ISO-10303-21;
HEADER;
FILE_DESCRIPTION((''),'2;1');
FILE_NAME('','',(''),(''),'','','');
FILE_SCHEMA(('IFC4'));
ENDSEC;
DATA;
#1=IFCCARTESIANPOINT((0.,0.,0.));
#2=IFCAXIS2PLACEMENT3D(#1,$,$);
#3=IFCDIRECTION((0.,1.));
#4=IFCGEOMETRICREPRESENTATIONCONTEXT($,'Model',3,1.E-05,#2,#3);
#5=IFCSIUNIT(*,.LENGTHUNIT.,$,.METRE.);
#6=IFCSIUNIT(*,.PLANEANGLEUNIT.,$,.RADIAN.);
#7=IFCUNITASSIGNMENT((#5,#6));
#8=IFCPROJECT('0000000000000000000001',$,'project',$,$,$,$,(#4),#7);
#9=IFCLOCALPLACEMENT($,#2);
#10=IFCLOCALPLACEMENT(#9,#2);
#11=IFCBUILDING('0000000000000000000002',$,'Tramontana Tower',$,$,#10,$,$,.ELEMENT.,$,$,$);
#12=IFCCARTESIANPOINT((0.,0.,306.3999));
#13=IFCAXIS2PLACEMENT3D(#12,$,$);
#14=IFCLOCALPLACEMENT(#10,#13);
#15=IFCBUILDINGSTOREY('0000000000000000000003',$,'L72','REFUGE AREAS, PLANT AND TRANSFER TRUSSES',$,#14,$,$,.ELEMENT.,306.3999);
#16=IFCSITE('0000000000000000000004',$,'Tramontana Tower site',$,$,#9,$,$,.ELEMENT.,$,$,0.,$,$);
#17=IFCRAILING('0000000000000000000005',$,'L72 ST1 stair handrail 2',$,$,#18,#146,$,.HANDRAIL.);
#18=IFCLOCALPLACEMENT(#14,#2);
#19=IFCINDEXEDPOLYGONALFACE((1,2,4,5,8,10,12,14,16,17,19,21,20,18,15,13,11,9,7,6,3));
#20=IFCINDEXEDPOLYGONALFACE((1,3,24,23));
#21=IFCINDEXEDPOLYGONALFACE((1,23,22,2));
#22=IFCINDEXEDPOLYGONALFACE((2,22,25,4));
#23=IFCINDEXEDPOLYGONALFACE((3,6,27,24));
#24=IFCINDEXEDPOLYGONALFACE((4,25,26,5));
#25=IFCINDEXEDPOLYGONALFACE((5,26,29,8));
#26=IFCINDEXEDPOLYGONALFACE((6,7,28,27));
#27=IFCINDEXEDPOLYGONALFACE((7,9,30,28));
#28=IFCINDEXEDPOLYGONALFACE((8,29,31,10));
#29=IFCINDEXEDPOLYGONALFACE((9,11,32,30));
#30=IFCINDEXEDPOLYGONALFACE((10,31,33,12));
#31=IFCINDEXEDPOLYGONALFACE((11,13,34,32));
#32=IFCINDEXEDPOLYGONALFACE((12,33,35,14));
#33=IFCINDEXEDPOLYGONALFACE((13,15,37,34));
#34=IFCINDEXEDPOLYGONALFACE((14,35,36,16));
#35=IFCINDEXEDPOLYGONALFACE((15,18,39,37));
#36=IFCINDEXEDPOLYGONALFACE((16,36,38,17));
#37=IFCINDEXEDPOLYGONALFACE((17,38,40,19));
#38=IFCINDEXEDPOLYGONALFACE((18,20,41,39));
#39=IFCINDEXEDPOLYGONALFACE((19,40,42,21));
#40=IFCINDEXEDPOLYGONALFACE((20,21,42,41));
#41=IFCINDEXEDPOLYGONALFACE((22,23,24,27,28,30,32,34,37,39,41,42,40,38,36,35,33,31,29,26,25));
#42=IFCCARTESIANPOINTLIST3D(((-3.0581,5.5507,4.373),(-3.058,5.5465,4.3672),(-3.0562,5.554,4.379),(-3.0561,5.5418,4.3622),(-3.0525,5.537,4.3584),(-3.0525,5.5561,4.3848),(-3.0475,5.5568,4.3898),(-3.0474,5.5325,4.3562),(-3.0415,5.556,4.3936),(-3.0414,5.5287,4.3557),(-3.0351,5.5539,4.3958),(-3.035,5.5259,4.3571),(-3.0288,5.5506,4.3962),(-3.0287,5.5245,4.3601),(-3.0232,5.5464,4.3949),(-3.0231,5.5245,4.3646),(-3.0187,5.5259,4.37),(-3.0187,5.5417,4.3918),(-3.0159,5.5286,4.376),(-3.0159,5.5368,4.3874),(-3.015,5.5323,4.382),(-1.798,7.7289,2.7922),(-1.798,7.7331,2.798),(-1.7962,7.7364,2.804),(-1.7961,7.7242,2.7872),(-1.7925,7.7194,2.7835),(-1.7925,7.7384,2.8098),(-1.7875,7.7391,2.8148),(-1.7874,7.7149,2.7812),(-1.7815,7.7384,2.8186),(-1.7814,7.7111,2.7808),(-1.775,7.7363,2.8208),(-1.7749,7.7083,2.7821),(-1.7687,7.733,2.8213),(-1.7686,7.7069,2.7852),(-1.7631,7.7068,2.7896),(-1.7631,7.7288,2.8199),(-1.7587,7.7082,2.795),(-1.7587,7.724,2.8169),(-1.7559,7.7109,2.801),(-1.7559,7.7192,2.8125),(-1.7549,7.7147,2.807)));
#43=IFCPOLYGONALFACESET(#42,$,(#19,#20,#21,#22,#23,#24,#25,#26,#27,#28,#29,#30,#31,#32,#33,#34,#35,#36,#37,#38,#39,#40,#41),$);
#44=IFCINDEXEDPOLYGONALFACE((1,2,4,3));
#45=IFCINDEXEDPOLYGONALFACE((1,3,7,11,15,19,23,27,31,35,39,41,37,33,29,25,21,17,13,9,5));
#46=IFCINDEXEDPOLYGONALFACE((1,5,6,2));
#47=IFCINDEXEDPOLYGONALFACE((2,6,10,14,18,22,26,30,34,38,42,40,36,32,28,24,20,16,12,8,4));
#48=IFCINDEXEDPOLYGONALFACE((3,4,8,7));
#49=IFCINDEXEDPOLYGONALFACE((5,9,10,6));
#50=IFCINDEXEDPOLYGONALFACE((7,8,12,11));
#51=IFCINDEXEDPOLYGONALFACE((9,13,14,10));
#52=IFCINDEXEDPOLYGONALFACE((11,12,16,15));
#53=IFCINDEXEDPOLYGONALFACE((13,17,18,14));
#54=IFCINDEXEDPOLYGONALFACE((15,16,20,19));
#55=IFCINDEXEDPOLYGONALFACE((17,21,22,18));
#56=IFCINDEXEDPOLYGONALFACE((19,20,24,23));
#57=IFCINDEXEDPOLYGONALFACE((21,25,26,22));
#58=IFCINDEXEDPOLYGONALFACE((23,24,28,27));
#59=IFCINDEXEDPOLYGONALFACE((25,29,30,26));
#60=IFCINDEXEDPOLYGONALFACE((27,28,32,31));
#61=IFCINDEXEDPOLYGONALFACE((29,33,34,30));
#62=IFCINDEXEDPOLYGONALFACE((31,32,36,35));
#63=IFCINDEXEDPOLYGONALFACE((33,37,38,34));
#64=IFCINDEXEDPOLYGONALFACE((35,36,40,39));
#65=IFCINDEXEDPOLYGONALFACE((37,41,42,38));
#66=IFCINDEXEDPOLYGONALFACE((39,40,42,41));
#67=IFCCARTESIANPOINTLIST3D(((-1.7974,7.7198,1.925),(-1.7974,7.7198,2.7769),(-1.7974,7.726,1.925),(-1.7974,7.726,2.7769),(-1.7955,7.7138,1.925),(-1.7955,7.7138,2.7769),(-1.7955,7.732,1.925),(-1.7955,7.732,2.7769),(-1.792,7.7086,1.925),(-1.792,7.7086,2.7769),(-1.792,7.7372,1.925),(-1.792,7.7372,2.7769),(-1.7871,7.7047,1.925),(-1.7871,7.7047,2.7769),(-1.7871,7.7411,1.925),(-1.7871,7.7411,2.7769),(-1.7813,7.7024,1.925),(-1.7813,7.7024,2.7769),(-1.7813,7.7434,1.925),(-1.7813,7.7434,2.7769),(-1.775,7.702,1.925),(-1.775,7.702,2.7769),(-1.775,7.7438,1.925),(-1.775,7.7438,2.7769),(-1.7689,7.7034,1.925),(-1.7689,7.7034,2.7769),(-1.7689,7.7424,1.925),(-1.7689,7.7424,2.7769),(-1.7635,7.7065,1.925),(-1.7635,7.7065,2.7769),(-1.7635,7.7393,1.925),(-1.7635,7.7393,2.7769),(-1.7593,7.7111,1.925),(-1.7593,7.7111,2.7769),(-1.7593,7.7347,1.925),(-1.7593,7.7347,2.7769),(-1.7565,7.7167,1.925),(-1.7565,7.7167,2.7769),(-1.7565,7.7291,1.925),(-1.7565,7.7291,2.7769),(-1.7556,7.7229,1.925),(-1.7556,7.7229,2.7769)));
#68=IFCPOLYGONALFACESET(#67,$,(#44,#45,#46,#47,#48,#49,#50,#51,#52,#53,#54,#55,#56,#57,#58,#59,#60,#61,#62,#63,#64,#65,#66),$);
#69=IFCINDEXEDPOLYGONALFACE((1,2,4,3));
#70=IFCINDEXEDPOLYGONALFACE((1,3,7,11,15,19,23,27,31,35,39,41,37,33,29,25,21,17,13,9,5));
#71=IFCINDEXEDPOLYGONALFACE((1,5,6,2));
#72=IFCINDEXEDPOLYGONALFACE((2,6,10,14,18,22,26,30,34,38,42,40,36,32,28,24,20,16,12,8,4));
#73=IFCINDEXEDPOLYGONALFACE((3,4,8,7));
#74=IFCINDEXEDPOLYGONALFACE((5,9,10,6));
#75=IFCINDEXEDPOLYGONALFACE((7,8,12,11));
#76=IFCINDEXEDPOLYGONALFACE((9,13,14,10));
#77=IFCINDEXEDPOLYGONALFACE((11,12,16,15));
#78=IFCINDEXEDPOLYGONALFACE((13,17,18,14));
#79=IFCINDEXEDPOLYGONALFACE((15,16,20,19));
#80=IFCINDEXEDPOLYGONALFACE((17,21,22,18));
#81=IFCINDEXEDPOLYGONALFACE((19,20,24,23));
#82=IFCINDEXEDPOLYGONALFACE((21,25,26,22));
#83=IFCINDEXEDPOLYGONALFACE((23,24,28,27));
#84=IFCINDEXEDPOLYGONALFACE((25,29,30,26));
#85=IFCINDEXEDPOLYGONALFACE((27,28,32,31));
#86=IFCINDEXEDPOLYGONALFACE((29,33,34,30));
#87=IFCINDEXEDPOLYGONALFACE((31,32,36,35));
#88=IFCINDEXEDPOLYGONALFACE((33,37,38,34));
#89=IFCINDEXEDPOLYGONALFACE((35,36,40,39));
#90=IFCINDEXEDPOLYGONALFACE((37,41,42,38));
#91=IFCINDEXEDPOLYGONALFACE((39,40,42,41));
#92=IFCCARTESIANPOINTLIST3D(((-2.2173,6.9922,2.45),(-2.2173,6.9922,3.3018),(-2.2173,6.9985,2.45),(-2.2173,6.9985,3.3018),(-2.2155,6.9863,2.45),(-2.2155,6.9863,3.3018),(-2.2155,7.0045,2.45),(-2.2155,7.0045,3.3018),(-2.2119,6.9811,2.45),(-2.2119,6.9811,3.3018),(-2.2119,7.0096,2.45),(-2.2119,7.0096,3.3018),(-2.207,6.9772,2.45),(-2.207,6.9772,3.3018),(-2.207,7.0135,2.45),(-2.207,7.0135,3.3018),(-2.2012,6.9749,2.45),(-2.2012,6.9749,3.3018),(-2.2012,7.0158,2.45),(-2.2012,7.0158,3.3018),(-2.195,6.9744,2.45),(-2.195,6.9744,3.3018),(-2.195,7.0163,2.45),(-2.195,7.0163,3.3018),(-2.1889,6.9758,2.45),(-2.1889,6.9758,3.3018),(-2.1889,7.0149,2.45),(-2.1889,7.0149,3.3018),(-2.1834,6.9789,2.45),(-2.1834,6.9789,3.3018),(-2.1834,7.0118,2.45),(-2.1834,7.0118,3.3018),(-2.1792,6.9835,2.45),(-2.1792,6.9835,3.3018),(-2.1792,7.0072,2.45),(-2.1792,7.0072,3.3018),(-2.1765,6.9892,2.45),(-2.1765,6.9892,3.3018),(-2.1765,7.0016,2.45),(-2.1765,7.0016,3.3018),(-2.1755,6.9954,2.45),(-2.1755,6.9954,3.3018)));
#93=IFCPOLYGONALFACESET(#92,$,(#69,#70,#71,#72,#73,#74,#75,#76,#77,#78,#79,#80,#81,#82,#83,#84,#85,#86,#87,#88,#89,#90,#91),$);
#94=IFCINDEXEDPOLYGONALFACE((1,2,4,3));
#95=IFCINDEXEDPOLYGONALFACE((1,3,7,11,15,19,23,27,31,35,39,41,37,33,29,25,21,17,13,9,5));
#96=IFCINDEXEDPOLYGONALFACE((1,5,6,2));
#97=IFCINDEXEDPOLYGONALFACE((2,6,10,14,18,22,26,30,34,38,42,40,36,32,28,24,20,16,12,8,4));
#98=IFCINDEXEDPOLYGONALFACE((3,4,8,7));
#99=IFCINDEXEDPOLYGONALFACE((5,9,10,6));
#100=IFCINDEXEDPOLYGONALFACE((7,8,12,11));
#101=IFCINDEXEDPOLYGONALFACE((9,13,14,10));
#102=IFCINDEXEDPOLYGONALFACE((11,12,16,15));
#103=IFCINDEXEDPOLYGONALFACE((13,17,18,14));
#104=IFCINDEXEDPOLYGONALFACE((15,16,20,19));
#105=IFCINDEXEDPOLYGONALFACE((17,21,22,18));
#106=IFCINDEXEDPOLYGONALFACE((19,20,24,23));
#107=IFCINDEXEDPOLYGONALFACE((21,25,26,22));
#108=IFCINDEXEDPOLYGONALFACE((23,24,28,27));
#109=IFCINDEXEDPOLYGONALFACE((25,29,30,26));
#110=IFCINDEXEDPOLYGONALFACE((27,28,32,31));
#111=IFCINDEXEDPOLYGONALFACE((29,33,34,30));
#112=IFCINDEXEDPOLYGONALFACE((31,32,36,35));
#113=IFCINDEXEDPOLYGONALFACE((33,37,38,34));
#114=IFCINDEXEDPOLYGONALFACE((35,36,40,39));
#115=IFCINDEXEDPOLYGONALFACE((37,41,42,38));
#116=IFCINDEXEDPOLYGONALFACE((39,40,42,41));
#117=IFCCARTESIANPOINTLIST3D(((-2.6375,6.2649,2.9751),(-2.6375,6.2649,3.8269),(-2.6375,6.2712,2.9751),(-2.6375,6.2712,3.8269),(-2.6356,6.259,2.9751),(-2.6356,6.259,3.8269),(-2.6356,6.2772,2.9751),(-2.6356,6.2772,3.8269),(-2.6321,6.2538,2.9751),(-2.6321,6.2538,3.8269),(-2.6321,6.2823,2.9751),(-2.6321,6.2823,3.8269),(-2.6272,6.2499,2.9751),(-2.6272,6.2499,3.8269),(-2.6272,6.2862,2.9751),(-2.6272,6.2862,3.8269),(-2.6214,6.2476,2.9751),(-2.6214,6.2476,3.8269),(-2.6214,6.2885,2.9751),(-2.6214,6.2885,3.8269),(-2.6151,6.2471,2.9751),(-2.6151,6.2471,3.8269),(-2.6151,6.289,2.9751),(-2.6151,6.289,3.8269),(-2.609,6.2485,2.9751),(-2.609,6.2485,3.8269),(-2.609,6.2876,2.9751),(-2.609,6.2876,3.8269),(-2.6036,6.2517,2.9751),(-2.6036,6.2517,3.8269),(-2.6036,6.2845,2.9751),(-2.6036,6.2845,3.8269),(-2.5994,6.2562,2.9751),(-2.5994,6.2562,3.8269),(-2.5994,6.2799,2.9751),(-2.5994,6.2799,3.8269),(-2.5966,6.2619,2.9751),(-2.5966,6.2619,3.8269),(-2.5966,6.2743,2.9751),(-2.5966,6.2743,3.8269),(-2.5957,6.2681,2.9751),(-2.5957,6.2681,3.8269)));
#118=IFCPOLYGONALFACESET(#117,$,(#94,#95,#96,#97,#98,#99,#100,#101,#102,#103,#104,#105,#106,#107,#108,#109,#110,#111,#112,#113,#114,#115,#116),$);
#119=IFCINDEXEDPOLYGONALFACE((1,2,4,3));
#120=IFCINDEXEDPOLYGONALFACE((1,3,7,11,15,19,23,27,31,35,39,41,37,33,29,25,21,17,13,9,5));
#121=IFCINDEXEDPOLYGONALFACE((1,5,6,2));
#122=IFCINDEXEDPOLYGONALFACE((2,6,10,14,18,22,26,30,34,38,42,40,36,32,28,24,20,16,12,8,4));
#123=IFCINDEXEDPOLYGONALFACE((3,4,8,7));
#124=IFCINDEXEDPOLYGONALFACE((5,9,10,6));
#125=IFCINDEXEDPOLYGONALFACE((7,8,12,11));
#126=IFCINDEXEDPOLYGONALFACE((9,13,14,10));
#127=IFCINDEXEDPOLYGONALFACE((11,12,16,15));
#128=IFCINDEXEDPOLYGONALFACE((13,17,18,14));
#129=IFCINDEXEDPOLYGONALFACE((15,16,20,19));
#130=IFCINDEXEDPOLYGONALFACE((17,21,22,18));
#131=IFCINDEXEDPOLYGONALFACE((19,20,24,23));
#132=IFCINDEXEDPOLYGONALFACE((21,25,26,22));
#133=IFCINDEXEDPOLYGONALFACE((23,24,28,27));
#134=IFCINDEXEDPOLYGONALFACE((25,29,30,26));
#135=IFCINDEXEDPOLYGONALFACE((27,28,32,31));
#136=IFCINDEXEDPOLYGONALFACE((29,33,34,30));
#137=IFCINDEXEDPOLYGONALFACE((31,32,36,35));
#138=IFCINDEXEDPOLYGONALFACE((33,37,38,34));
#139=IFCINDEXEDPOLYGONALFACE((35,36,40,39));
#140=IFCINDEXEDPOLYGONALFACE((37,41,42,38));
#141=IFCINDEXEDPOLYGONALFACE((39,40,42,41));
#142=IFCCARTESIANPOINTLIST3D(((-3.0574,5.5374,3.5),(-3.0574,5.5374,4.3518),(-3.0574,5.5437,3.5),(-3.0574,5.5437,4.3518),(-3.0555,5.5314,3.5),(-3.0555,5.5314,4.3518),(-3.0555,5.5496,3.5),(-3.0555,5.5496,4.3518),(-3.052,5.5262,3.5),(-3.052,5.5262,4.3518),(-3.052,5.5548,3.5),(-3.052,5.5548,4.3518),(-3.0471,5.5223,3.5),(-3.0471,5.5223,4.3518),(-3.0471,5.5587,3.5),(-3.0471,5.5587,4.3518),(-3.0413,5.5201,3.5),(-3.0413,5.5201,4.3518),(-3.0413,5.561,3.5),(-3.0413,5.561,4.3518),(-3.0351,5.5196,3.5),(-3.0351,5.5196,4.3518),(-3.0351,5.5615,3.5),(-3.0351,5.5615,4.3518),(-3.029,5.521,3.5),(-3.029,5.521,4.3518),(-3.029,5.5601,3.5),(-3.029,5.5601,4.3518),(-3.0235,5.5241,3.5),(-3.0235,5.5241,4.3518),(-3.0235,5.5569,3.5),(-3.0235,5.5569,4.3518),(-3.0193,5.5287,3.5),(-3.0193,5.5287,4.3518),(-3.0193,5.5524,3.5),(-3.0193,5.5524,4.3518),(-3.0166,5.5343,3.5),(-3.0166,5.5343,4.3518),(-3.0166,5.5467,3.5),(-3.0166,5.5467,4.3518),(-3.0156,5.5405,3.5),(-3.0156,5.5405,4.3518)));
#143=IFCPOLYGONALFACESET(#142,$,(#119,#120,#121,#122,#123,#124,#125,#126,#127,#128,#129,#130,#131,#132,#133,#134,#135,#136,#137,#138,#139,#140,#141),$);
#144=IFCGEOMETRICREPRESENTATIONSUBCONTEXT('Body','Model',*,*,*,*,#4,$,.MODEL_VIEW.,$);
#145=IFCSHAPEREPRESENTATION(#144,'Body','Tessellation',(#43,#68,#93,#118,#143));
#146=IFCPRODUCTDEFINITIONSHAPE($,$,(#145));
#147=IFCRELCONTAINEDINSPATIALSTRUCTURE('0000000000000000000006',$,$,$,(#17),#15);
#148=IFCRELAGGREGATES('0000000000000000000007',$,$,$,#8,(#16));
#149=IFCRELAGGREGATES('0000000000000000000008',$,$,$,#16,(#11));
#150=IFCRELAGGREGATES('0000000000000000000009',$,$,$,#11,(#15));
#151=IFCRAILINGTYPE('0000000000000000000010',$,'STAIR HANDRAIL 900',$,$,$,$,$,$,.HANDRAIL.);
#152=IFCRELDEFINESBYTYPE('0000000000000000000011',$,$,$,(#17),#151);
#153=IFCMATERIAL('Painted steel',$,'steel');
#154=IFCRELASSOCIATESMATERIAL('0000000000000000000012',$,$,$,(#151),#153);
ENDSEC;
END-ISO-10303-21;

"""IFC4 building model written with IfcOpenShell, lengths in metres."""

from ifc_helpers import new_model, si_unit, direction, frame, origin, origin_2d, place, context, subcontext, project, spatial, circle, extrude, material, type_object, element, save


model = new_model("IFC4")

# Units and contexts
model_context = context("Model", 3, precision=1e-05, world=origin(), true_north=direction((0.0, 1.0)))
body_context = subcontext(model_context, "Body", "Model", "MODEL_VIEW")
ifc_project = project(units=[si_unit("LENGTHUNIT", "METRE"), si_unit("PLANEANGLEUNIT", "RADIAN")], contexts=[model_context])

# Site, building, storey
site_placement = place(None, origin())
site = spatial("IfcSite", under=ifc_project, at=site_placement, Name="Tramontana Tower site", CompositionType="ELEMENT", RefElevation=0.0)
building_placement = place(site_placement, origin())
building = spatial("IfcBuilding", under=site, at=building_placement, Name="Tramontana Tower", CompositionType="ELEMENT")
storey_placement = place(building_placement, frame((0.0, 0.0, 306.3999)))
storey = spatial("IfcBuildingStorey", under=building, at=storey_placement, Name="L72", Description="REFUGE AREAS, PLANT AND TRANSFER TRUSSES", CompositionType="ELEMENT", Elevation=306.3999)

# Railing
ifc_material_1 = material(Name="Painted steel", Category="steel")
railing_type_1 = type_object("IfcRailingType", Name="STAIR HANDRAIL 900", PredefinedType="HANDRAIL", material=ifc_material_1)
railing_1_placement = place(storey_placement, frame((-1.7766, 7.7229, 1.925)))
element("IfcRailing", 1, at=railing_1_placement, inside=storey, type_object=railing_type_1, Name="L72 ST1 stair handrail 2", PredefinedType="HANDRAIL", context=body_context, shape_type="SweptSolid", body=[
    extrude(circle(Radius=0.0239, at=origin_2d()), frame((0.0, 0.0, 0.876), z_axis=(-0.424007, -0.734392, 0.529988), x_axis=(0.866023, -0.500005, 0.0)), (0.0, 0.0, 1.0), 2.9717),
    extrude(circle(Radius=0.021, at=origin_2d()), origin(), (0.0, 0.0, 1.0), 0.8518),
    extrude(circle(Radius=0.021, at=origin_2d()), frame((-0.4199, -0.7275, 0.5249)), (0.0, 0.0, 1.0), 0.8518),
    extrude(circle(Radius=0.021, at=origin_2d()), frame((-0.8401, -1.4548, 1.05)), (0.0, 0.0, 1.0), 0.8518),
    extrude(circle(Radius=0.021, at=origin_2d()), frame((-1.26, -2.1824, 1.575)), (0.0, 0.0, 1.0), 0.8518),
])

save(model, "model.ifc")
